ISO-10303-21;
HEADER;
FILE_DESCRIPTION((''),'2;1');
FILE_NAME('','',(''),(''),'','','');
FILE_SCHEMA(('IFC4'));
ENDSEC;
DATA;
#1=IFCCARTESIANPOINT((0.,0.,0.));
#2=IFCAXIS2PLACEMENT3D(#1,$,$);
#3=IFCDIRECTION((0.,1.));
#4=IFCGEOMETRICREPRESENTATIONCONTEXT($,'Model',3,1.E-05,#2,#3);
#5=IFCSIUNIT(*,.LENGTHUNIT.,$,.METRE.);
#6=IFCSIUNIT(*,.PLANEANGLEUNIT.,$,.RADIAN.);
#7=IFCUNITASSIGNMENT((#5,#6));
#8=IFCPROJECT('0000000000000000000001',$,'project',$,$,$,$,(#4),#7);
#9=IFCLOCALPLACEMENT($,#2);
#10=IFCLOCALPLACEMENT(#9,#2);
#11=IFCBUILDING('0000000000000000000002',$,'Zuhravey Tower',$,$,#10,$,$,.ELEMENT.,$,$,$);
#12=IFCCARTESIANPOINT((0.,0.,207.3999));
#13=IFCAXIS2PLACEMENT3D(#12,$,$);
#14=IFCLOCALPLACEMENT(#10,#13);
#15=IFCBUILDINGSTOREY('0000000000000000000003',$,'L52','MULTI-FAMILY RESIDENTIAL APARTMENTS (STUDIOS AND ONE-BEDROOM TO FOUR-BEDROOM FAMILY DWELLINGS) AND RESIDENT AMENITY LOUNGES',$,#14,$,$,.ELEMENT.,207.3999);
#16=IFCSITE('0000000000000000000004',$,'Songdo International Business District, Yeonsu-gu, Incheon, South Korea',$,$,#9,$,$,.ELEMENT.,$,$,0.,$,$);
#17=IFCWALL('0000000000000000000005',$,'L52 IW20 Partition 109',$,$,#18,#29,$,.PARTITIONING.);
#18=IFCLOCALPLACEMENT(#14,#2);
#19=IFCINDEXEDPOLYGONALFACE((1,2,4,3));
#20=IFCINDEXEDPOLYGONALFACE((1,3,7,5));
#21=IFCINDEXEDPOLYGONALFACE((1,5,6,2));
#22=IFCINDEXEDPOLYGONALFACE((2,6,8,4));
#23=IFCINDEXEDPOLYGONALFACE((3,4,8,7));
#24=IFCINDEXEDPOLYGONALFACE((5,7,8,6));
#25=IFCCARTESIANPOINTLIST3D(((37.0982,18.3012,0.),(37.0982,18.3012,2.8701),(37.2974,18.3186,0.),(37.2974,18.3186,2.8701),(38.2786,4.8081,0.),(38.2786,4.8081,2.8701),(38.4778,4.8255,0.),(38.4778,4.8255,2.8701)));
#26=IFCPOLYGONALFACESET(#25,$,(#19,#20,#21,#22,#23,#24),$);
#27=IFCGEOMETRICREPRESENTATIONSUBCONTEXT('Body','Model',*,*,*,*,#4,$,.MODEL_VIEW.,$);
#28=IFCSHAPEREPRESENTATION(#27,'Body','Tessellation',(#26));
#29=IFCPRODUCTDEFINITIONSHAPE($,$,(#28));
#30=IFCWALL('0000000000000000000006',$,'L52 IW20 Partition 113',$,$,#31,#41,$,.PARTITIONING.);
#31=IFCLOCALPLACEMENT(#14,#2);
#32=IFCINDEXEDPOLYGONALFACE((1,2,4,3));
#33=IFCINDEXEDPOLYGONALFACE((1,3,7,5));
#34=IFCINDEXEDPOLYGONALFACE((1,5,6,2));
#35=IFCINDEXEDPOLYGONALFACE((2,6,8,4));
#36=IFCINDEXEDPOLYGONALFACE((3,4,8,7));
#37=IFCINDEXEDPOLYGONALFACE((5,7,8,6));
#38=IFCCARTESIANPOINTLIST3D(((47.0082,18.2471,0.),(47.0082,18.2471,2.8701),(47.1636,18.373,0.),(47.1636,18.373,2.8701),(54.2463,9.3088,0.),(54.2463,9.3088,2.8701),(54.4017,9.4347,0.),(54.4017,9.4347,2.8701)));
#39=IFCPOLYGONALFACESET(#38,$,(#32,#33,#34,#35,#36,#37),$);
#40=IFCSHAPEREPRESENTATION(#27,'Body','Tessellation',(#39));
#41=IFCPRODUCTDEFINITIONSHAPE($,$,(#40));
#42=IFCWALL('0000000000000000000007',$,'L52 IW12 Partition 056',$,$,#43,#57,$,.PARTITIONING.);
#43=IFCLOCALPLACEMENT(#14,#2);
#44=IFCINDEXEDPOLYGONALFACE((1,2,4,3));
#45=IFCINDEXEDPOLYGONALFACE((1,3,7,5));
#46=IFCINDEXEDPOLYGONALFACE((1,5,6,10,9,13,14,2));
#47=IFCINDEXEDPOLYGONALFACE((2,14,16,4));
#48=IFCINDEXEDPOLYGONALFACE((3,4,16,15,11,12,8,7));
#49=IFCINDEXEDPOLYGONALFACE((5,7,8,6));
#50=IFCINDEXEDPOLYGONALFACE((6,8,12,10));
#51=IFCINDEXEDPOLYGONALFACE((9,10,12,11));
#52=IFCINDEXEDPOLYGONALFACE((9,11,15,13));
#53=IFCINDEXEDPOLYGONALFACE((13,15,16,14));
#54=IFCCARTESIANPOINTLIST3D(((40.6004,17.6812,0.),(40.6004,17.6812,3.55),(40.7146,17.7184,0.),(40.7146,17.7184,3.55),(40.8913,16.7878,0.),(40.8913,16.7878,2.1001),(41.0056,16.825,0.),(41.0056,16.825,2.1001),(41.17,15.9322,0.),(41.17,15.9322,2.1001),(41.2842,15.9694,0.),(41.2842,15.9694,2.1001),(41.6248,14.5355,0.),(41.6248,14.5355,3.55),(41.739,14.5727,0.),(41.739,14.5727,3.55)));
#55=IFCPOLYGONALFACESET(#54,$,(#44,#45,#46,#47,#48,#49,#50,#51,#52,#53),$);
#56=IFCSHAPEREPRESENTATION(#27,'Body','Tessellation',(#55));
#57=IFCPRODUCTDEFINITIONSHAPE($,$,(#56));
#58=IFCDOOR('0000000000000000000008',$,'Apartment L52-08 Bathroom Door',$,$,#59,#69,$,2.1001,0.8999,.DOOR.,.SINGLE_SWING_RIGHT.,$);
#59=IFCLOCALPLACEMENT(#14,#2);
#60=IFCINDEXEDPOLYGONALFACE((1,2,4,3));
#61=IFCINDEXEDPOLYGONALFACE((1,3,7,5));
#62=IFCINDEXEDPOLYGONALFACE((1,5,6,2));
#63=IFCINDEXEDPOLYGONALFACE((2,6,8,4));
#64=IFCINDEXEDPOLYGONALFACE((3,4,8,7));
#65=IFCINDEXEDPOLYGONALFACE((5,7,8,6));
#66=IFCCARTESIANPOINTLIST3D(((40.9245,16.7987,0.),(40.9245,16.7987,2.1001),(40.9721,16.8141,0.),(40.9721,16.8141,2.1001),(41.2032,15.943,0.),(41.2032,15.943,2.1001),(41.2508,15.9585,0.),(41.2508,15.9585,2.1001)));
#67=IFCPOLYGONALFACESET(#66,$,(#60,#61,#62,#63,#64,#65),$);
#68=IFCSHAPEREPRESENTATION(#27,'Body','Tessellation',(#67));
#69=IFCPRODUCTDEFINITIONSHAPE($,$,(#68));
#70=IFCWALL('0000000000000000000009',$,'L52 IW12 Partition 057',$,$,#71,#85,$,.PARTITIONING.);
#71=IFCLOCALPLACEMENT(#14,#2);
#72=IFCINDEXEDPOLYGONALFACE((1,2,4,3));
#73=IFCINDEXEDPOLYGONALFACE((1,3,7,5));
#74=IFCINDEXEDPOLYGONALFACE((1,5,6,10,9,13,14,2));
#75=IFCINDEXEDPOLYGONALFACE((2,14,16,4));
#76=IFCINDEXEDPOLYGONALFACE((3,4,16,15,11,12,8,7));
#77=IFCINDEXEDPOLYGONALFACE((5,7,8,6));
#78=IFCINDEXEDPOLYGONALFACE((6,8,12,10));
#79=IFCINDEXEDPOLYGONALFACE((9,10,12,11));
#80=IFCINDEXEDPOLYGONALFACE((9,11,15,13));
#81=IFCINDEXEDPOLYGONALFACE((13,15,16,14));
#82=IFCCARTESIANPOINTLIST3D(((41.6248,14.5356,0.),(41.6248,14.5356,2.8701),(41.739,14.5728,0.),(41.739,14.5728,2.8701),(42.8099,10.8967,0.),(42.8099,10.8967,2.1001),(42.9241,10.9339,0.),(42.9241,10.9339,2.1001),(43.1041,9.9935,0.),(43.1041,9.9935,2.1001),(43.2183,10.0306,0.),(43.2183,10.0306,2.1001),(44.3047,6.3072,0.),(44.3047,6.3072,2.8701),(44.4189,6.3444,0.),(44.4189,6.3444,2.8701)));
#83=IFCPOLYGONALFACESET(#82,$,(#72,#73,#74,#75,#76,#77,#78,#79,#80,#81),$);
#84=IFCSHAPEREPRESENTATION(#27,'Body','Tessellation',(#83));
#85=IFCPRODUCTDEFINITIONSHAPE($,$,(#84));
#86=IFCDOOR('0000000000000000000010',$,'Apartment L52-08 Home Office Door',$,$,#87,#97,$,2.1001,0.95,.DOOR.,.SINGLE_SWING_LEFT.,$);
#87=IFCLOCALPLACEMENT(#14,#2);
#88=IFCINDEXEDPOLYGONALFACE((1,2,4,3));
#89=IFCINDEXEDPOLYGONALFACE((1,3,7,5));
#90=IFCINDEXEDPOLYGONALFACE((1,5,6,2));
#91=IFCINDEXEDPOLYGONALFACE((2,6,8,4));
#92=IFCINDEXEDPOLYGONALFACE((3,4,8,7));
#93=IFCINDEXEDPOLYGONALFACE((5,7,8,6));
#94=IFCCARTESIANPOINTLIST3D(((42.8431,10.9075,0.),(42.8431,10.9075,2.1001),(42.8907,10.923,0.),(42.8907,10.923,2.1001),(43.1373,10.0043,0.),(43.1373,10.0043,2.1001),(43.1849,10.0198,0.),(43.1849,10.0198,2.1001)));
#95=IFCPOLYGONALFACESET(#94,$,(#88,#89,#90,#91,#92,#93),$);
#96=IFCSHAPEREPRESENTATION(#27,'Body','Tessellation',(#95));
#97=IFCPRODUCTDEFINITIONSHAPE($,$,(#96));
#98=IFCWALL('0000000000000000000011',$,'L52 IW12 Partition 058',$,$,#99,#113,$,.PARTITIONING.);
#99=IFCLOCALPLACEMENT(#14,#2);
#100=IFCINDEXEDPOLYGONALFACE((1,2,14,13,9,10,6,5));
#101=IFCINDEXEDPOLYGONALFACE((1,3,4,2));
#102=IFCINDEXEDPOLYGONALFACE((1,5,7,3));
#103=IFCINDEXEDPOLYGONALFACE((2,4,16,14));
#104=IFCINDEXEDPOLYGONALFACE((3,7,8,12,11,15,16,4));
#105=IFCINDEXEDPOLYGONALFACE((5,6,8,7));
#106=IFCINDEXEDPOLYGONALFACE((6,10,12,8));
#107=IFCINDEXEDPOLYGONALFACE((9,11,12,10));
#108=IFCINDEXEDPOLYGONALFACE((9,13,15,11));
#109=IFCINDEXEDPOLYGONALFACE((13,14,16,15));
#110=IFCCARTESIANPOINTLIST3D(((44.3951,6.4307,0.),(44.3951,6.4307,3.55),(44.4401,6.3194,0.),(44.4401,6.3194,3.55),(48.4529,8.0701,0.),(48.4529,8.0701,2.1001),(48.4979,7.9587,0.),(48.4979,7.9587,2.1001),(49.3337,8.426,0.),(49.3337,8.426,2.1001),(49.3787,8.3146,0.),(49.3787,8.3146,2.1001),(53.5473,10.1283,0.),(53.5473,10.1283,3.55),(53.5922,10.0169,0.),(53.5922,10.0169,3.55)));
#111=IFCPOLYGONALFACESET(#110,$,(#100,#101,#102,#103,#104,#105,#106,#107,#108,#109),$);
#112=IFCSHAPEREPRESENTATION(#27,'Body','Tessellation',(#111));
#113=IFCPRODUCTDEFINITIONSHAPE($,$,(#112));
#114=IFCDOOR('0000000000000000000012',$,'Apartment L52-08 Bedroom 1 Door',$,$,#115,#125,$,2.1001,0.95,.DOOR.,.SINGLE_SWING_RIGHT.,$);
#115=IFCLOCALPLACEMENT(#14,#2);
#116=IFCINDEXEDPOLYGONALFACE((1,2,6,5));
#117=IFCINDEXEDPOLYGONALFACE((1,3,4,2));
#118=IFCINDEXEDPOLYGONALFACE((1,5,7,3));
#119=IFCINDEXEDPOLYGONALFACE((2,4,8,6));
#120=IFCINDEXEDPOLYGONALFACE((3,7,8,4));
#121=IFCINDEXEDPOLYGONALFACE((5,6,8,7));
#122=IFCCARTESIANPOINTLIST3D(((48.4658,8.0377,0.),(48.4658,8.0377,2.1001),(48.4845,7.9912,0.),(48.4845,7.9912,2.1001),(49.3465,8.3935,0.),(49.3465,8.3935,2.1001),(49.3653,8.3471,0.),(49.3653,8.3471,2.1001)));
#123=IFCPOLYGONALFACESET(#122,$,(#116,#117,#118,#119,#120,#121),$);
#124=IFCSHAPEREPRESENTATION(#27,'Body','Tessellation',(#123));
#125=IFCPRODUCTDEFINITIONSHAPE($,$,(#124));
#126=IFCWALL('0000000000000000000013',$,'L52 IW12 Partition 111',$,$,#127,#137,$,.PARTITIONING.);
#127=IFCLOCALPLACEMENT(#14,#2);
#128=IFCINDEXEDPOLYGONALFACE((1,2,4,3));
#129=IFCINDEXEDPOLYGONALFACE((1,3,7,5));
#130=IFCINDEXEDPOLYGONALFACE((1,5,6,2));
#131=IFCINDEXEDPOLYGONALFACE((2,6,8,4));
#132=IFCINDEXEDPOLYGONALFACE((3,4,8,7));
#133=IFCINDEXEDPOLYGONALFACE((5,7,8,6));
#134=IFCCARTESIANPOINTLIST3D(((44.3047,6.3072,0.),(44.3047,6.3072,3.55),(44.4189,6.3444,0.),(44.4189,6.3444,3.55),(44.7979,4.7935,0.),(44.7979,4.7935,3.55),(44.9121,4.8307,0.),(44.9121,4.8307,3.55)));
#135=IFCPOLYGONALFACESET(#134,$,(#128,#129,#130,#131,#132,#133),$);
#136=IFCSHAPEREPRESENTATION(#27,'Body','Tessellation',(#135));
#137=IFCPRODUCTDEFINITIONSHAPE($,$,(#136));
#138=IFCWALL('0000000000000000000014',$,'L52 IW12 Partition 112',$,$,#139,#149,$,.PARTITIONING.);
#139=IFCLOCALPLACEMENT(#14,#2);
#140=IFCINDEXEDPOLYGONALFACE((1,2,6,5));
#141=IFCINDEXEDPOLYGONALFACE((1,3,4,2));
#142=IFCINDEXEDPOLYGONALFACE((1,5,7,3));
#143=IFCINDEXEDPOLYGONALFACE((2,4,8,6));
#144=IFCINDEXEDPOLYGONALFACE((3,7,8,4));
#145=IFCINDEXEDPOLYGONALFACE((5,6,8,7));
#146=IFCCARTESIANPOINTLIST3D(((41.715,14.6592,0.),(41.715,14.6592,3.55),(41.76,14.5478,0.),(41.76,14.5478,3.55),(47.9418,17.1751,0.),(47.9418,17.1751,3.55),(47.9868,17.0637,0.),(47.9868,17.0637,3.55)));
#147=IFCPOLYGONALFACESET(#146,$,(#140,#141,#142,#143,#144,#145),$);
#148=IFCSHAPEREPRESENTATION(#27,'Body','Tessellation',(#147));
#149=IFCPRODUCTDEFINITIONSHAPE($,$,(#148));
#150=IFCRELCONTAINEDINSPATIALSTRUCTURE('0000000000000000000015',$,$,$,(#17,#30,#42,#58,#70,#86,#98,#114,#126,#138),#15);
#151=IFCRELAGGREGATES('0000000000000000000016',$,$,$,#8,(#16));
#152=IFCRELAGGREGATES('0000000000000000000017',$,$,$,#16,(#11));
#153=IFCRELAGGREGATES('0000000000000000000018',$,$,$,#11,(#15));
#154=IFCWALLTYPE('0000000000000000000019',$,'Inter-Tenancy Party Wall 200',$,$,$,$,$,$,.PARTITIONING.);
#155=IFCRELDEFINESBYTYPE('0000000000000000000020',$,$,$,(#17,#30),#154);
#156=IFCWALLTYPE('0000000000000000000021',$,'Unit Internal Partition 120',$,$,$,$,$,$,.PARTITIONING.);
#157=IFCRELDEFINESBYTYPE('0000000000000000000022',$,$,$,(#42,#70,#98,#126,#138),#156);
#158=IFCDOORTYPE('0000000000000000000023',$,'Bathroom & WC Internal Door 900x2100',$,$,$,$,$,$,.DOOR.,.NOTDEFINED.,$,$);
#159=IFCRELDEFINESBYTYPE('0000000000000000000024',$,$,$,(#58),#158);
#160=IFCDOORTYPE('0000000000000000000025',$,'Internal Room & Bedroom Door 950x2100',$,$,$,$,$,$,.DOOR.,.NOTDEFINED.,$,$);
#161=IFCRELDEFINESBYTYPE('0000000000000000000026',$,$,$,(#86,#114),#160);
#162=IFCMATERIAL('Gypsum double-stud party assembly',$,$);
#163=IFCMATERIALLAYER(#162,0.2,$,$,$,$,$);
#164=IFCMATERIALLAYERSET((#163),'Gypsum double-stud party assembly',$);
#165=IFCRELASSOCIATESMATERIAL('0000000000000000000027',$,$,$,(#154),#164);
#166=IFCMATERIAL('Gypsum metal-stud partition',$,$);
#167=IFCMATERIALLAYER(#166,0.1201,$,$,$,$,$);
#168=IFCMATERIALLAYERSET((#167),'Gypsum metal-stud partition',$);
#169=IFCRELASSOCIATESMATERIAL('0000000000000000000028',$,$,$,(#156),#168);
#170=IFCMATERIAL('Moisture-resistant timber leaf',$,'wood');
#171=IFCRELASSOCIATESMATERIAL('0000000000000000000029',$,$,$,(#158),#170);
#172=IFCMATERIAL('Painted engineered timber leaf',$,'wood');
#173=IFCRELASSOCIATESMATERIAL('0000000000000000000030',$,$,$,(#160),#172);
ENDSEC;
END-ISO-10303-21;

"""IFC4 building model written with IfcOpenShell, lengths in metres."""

from ifc_helpers import new_model, si_unit, direction, frame, frame_2d, origin, place, context, subcontext, project, spatial, rectangle, extrude, material, layer, layer_set, type_object, element, fill, save


model = new_model("IFC4")

# Units and contexts
model_context = context("Model", 3, precision=1e-05, world=origin(), true_north=direction((0.0, 1.0)))
body_context = subcontext(model_context, "Body", "Model", "MODEL_VIEW")
ifc_project = project(units=[si_unit("LENGTHUNIT", "METRE"), si_unit("PLANEANGLEUNIT", "RADIAN")], contexts=[model_context])

# Site, building, storey
site_placement = place(None, origin())
site = spatial("IfcSite", under=ifc_project, at=site_placement, Name="Songdo International Business District, Yeonsu-gu, Incheon, South Korea", CompositionType="ELEMENT", RefElevation=0.0)
building_placement = place(site_placement, origin())
building = spatial("IfcBuilding", under=site, at=building_placement, Name="Zuhravey Tower", CompositionType="ELEMENT")
storey_placement = place(building_placement, frame((0.0, 0.0, 207.3999)))
storey = spatial("IfcBuildingStorey", under=building, at=storey_placement, Name="L52", Description="MULTI-FAMILY RESIDENTIAL APARTMENTS (STUDIOS AND ONE-BEDROOM TO FOUR-BEDROOM FAMILY DWELLINGS) AND RESIDENT AMENITY LOUNGES", CompositionType="ELEMENT", Elevation=207.3999)

# Walls
ifc_material_1 = material(Name="Gypsum double-stud party assembly")
ifc_layer_1 = layer(ifc_material_1, 0.2)
ifc_layer_set_1 = layer_set([ifc_layer_1], Name="Gypsum double-stud party assembly")
wall_type_1 = type_object("IfcWallType", Name="Inter-Tenancy Party Wall 200", PredefinedType="PARTITIONING", material=ifc_layer_set_1)
wall_1_placement = place(storey_placement, frame((37.1978, 18.3101, 0.0), z_axis=(0.0, 0.0, 1.0), x_axis=(0.08715, -0.996195, 0.0)))
element("IfcWall", 1, at=wall_1_placement, inside=storey, type_object=wall_type_1, Name="L52 IW20 Partition 109", PredefinedType="PARTITIONING", context=body_context, shape_type="SweptSolid", body=[
    extrude(rectangle(XDim=13.5447, YDim=0.2, at=frame_2d((6.7725, 0.0))), origin(), (0.0, 0.0, 1.0), 2.8701),
])
wall_2_placement = place(storey_placement, frame((47.0859, 18.3101, 0.0), z_axis=(0.0, 0.0, 1.0), x_axis=(0.62932, -0.777146, 0.0)))
element("IfcWall", 2, at=wall_2_placement, inside=storey, type_object=wall_type_1, Name="L52 IW20 Partition 113", PredefinedType="PARTITIONING", context=body_context, shape_type="SweptSolid", body=[
    extrude(rectangle(XDim=11.5015, YDim=0.2, at=frame_2d((5.7507, 0.0))), origin(), (0.0, 0.0, 1.0), 2.8701),
])

# Walls, openings, doors
ifc_material_2 = material(Name="Gypsum metal-stud partition")
ifc_layer_2 = layer(ifc_material_2, 0.1201)
ifc_layer_set_2 = layer_set([ifc_layer_2], Name="Gypsum metal-stud partition")
wall_type_2 = type_object("IfcWallType", Name="Unit Internal Partition 120", PredefinedType="PARTITIONING", material=ifc_layer_set_2)
wall_3_placement = place(storey_placement, frame((40.6575, 17.7, 0.0), z_axis=(0.0, 0.0, 1.0), x_axis=(0.309645, -0.950852, 0.0)))
wall_3 = element("IfcWall", 3, at=wall_3_placement, inside=storey, type_object=wall_type_2, Name="L52 IW12 Partition 056", PredefinedType="PARTITIONING", context=body_context, shape_type="SweptSolid", body=[
    extrude(rectangle(XDim=3.3083, YDim=0.1201, at=frame_2d((1.6543, 0.0))), origin(), (0.0, 0.0, 1.0), 3.55),
])
opening_1_placement = place(wall_3_placement, frame((0.9397, 0.0, 0.0)))
opening_1 = element("IfcOpeningElement", 4, at=opening_1_placement, cuts=wall_3, PredefinedType="OPENING", context=body_context, shape_type="SweptSolid", body=[
    extrude(rectangle(XDim=0.8999, YDim=2.1001, at=frame_2d((0.45, 1.05))), frame((0.0, 0.072, 0.0), z_axis=(0.0, -1.0, 0.0), x_axis=(1.0, 0.0, 0.0)), (0.0, 0.0, 1.0), 0.144),
])
ifc_material_3 = material(Name="Moisture-resistant timber leaf", Category="wood")
door_type_1 = type_object("IfcDoorType", Name="Bathroom & WC Internal Door 900x2100", OperationType="NOTDEFINED", PredefinedType="DOOR", material=ifc_material_3)
door_1_placement = place(opening_1_placement, origin())
door_1 = element("IfcDoor", 5, at=door_1_placement, inside=storey, type_object=door_type_1, Name="Apartment L52-08 Bathroom Door", OperationType="SINGLE_SWING_RIGHT", OverallHeight=2.1001, OverallWidth=0.8999, PredefinedType="DOOR", context=body_context, shape_type="SweptSolid", body=[
    extrude(rectangle(XDim=0.8999, YDim=2.1001, at=frame_2d((0.45, 1.05))), frame((0.0, 0.0249, 0.0), z_axis=(0.0, -1.0, 0.0), x_axis=(1.0, 0.0, 0.0)), (0.0, 0.0, 1.0), 0.05),
])
fill(opening_1, door_1)
wall_4_placement = place(storey_placement, frame((41.6819, 14.5542, 0.0), z_axis=(0.0, 0.0, 1.0), x_axis=(0.309678, -0.950841, 0.0)))
wall_4 = element("IfcWall", 6, at=wall_4_placement, inside=storey, type_object=wall_type_2, Name="L52 IW12 Partition 057", PredefinedType="PARTITIONING", context=body_context, shape_type="SweptSolid", body=[
    extrude(rectangle(XDim=8.6538, YDim=0.1201, at=frame_2d((4.3269, 0.0))), origin(), (0.0, 0.0, 1.0), 2.8701),
])
opening_2_placement = place(wall_4_placement, frame((3.8269, 0.0, 0.0)))
opening_2 = element("IfcOpeningElement", 7, at=opening_2_placement, cuts=wall_4, PredefinedType="OPENING", context=body_context, shape_type="SweptSolid", body=[
    extrude(rectangle(XDim=0.95, YDim=2.1001, at=frame_2d((0.4751, 1.05))), frame((0.0, 0.072, 0.0), z_axis=(0.0, -1.0, 0.0), x_axis=(1.0, 0.0, 0.0)), (0.0, 0.0, 1.0), 0.144),
])
ifc_material_4 = material(Name="Painted engineered timber leaf", Category="wood")
door_type_2 = type_object("IfcDoorType", Name="Internal Room & Bedroom Door 950x2100", OperationType="NOTDEFINED", PredefinedType="DOOR", material=ifc_material_4)
door_2_placement = place(opening_2_placement, origin())
door_2 = element("IfcDoor", 8, at=door_2_placement, inside=storey, type_object=door_type_2, Name="Apartment L52-08 Home Office Door", OperationType="SINGLE_SWING_LEFT", OverallHeight=2.1001, OverallWidth=0.95, PredefinedType="DOOR", context=body_context, shape_type="SweptSolid", body=[
    extrude(rectangle(XDim=0.95, YDim=2.1001, at=frame_2d((0.4751, 1.05))), frame((0.0, 0.0249, 0.0), z_axis=(0.0, -1.0, 0.0), x_axis=(1.0, 0.0, 0.0)), (0.0, 0.0, 1.0), 0.05),
])
fill(opening_2, door_2)
wall_5_placement = place(storey_placement, frame((44.4175, 6.375, 0.0), z_axis=(0.0, 0.0, 1.0), x_axis=(0.92719, 0.374591, 0.0)))
wall_5 = element("IfcWall", 9, at=wall_5_placement, inside=storey, type_object=wall_type_2, Name="L52 IW12 Partition 058", PredefinedType="PARTITIONING", context=body_context, shape_type="SweptSolid", body=[
    extrude(rectangle(XDim=9.8708, YDim=0.1201, at=frame_2d((4.9355, 0.0))), origin(), (0.0, 0.0, 1.0), 3.55),
])
opening_3_placement = place(wall_5_placement, frame((4.3765, 0.0, 0.0)))
opening_3 = element("IfcOpeningElement", 10, at=opening_3_placement, cuts=wall_5, PredefinedType="OPENING", context=body_context, shape_type="SweptSolid", body=[
    extrude(rectangle(XDim=0.95, YDim=2.1001, at=frame_2d((0.4751, 1.05))), frame((0.0, 0.072, 0.0), z_axis=(0.0, -1.0, 0.0), x_axis=(1.0, 0.0, 0.0)), (0.0, 0.0, 1.0), 0.144),
])
door_3_placement = place(opening_3_placement, frame((0.95, 0.0, 0.0), z_axis=(0.0, 0.0, 1.0), x_axis=(-1.0, 0.0, 0.0)))
door_3 = element("IfcDoor", 11, at=door_3_placement, inside=storey, type_object=door_type_2, Name="Apartment L52-08 Bedroom 1 Door", OperationType="SINGLE_SWING_RIGHT", OverallHeight=2.1001, OverallWidth=0.95, PredefinedType="DOOR", context=body_context, shape_type="SweptSolid", body=[
    extrude(rectangle(XDim=0.95, YDim=2.1001, at=frame_2d((0.4751, 1.05))), frame((0.0, 0.0249, 0.0), z_axis=(0.0, -1.0, 0.0), x_axis=(1.0, 0.0, 0.0)), (0.0, 0.0, 1.0), 0.05),
])
fill(opening_3, door_3)

# Walls
wall_6_placement = place(storey_placement, frame((44.3618, 6.3257, 0.0), z_axis=(0.0, 0.0, 1.0), x_axis=(0.30978, -0.950808, 0.0)))
element("IfcWall", 12, at=wall_6_placement, inside=storey, type_object=wall_type_2, Name="L52 IW12 Partition 111", PredefinedType="PARTITIONING", context=body_context, shape_type="SweptSolid", body=[
    extrude(rectangle(XDim=1.592, YDim=0.1201, at=frame_2d((0.7959, 0.0))), origin(), (0.0, 0.0, 1.0), 3.55),
])
wall_7_placement = place(storey_placement, frame((41.7375, 14.6035, 0.0), z_axis=(0.0, 0.0, 1.0), x_axis=(0.92718, 0.374616, 0.0)))
element("IfcWall", 13, at=wall_7_placement, inside=storey, type_object=wall_type_2, Name="L52 IW12 Partition 112", PredefinedType="PARTITIONING", context=body_context, shape_type="SweptSolid", body=[
    extrude(rectangle(XDim=6.7158, YDim=0.1201, at=frame_2d((3.3579, 0.0))), origin(), (0.0, 0.0, 1.0), 3.55),
])

save(model, "model.ifc")
